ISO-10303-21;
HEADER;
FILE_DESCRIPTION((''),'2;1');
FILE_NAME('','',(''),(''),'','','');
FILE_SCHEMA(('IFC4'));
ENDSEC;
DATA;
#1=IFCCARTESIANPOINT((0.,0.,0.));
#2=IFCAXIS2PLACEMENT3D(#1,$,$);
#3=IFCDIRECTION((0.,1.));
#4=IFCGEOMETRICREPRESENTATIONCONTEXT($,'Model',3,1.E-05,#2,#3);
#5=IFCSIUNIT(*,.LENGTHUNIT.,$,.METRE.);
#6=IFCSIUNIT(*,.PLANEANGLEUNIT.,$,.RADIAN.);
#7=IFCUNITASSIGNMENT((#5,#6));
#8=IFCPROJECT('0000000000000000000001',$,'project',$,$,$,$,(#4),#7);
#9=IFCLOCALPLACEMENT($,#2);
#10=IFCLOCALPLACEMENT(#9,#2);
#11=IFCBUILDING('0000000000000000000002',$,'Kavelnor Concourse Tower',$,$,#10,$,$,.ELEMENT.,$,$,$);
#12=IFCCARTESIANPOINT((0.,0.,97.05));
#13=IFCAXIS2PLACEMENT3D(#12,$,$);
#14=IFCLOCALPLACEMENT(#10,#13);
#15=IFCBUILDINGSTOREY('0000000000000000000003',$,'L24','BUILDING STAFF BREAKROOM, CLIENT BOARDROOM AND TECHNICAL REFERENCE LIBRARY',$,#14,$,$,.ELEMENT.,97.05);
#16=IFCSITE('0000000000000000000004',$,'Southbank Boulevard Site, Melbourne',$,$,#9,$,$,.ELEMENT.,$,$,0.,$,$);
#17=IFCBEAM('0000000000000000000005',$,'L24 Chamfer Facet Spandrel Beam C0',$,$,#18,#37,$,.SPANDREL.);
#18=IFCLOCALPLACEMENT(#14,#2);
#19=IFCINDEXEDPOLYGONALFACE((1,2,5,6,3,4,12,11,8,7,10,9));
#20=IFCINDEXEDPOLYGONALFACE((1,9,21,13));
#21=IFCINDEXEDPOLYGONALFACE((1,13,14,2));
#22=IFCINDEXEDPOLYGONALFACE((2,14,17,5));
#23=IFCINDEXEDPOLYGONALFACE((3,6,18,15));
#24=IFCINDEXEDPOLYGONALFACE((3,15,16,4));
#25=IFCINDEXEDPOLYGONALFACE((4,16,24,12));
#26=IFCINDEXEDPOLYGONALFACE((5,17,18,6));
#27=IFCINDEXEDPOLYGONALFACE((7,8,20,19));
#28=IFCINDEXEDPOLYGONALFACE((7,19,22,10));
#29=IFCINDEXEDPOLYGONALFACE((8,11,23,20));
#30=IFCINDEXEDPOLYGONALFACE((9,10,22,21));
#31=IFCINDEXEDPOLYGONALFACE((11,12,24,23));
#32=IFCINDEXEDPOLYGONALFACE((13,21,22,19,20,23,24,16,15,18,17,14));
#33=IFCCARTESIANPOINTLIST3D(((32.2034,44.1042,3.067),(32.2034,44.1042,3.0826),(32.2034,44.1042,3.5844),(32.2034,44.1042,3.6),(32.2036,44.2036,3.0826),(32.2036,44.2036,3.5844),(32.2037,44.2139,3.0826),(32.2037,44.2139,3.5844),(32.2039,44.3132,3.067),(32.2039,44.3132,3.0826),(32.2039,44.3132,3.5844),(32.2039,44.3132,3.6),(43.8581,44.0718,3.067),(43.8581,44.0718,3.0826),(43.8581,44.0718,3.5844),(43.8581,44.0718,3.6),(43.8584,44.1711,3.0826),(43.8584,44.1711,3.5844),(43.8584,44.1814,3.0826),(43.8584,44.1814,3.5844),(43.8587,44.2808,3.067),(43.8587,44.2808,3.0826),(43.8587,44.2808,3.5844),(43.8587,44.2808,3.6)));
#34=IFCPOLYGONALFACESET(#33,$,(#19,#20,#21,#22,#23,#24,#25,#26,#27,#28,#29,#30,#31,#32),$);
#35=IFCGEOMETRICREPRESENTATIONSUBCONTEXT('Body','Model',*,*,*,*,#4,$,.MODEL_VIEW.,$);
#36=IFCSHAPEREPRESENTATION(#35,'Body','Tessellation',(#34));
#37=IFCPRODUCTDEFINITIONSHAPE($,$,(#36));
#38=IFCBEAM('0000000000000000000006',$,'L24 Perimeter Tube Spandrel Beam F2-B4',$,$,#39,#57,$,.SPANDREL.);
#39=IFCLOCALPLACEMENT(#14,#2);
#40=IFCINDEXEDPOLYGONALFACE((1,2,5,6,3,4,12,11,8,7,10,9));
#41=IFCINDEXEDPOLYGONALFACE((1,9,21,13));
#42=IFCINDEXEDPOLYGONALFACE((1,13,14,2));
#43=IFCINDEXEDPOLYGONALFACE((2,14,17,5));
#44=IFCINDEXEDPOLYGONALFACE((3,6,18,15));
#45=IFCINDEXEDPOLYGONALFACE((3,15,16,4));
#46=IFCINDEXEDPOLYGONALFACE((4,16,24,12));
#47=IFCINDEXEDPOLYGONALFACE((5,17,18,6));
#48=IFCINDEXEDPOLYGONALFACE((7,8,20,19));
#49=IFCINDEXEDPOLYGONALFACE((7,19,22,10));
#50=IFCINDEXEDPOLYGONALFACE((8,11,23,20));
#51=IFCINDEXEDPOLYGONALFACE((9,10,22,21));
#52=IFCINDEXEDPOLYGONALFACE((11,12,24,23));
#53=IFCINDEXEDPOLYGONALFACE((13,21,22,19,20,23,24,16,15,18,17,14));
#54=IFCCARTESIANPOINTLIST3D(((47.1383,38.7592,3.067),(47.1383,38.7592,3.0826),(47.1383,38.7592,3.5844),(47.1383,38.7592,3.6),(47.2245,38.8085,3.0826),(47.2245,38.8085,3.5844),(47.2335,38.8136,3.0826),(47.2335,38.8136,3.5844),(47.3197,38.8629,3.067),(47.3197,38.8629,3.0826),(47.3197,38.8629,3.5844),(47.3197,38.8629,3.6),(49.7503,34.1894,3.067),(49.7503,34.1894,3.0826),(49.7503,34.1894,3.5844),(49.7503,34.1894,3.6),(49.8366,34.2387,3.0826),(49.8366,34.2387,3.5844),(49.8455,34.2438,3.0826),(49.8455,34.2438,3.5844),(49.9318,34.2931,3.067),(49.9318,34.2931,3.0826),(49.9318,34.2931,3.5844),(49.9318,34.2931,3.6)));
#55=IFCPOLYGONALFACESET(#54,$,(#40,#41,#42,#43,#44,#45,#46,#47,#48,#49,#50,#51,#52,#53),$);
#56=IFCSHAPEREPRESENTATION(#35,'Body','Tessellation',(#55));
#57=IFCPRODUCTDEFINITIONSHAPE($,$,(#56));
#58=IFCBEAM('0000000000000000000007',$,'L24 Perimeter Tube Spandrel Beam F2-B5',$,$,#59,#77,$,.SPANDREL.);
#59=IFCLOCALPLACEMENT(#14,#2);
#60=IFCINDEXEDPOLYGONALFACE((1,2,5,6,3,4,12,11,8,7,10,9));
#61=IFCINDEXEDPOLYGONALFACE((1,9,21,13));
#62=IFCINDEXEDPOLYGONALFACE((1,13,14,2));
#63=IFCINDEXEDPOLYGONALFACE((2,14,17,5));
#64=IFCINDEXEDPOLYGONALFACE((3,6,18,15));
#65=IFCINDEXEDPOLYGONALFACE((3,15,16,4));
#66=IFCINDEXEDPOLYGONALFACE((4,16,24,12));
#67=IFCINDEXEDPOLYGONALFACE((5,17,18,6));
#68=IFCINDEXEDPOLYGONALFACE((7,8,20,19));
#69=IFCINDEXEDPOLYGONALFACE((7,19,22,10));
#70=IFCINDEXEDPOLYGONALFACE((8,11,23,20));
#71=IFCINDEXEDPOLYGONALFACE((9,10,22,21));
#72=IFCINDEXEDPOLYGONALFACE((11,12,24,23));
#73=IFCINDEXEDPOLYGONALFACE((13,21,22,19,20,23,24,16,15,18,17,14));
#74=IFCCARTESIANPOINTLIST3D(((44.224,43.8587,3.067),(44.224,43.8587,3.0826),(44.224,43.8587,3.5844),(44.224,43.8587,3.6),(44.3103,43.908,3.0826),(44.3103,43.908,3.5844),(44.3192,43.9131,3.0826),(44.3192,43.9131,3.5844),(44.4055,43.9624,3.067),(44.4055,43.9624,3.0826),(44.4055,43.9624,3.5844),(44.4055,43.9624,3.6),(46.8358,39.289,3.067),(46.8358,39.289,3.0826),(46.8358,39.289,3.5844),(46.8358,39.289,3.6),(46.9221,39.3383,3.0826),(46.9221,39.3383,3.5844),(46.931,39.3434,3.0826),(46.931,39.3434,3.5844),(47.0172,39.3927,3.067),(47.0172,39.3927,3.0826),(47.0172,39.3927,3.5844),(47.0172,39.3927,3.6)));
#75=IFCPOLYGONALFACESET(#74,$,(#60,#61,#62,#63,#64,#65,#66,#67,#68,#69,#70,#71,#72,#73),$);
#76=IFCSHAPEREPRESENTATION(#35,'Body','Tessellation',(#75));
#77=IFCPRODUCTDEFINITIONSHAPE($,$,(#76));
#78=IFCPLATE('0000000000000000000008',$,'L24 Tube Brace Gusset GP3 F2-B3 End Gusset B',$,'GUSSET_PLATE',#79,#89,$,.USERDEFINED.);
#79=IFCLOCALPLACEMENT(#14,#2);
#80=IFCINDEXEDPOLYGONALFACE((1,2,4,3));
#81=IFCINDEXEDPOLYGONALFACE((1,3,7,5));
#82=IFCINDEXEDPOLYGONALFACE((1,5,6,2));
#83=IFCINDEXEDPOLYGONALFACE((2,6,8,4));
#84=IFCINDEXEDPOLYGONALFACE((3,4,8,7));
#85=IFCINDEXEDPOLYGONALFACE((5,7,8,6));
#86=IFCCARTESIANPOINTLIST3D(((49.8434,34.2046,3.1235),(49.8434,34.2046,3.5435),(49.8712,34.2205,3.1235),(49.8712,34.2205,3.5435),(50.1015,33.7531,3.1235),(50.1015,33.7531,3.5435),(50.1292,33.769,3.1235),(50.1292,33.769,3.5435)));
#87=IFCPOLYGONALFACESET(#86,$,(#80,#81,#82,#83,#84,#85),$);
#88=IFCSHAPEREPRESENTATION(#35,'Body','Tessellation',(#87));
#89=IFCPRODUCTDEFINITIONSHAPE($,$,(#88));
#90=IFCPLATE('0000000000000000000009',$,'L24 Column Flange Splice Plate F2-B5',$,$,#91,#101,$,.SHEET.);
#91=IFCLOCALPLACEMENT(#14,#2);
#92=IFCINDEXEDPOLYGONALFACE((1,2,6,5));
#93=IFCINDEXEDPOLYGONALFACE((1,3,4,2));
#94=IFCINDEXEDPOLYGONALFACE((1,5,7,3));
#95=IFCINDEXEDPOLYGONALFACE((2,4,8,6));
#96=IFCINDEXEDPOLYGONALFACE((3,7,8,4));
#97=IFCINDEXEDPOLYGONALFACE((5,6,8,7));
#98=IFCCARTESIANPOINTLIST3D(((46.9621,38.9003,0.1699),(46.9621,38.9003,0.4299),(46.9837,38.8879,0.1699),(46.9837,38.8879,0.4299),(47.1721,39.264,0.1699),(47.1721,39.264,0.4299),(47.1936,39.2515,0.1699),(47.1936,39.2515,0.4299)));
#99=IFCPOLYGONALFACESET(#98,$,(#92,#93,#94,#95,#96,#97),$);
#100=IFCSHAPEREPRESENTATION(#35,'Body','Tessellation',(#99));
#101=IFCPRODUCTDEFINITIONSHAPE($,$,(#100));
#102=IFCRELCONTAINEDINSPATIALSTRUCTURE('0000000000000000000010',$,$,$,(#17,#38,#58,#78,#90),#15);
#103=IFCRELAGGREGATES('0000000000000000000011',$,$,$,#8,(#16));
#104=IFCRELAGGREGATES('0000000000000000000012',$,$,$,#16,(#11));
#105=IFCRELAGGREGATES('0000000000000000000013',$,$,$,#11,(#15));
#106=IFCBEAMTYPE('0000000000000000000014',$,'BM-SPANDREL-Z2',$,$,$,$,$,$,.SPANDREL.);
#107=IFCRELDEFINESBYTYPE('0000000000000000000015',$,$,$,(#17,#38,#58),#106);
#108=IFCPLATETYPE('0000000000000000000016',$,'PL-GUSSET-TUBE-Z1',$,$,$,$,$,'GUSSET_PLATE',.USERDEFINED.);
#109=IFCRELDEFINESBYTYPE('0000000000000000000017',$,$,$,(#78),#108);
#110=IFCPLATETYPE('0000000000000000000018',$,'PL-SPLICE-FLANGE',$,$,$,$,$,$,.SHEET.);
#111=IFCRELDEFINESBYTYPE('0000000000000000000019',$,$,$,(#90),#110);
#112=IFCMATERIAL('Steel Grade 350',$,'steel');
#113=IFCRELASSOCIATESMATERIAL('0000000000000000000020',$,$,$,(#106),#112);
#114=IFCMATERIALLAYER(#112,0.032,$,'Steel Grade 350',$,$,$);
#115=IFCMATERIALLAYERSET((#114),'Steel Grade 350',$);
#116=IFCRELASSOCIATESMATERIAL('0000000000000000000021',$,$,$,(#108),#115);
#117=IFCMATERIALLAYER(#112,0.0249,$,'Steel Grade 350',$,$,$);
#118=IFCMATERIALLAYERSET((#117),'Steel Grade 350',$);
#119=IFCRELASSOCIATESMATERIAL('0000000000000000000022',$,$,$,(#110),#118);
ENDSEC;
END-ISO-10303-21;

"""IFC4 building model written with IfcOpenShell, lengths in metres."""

from ifc_helpers import new_model, si_unit, direction, frame, origin, origin_2d, place, context, subcontext, project, spatial, rectangle, i_section, extrude, material, layer, layer_set, material_profile, profile_set, type_object, element, save


model = new_model("IFC4")

# Units and contexts
model_context = context("Model", 3, precision=1e-05, world=origin(), true_north=direction((0.0, 1.0)))
body_context = subcontext(model_context, "Body", "Model", "MODEL_VIEW")
ifc_project = project(units=[si_unit("LENGTHUNIT", "METRE"), si_unit("PLANEANGLEUNIT", "RADIAN")], contexts=[model_context])

# Site, building, storey
site_placement = place(None, origin())
site = spatial("IfcSite", under=ifc_project, at=site_placement, Name="Southbank Boulevard Site, Melbourne", CompositionType="ELEMENT", RefElevation=0.0)
building_placement = place(site_placement, origin())
building = spatial("IfcBuilding", under=site, at=building_placement, Name="Kavelnor Concourse Tower", CompositionType="ELEMENT")
storey_placement = place(building_placement, frame((0.0, 0.0, 97.05)))
storey = spatial("IfcBuildingStorey", under=building, at=storey_placement, Name="L24", Description="BUILDING STAFF BREAKROOM, CLIENT BOARDROOM AND TECHNICAL REFERENCE LIBRARY", CompositionType="ELEMENT", Elevation=97.05)

# Shared definitions
ifc_material_1 = material(Name="Steel Grade 350", Category="steel")

# Beams
ifc_material_profile_1 = material_profile(ifc_material_1, i_section(OverallWidth=0.209, OverallDepth=0.533, WebThickness=0.0103, FlangeThickness=0.0156, at=origin_2d()), Name="530UB92")
ifc_profile_set_1 = profile_set([ifc_material_profile_1], Name="Steel Grade 350")
beam_type_1 = type_object("IfcBeamType", Name="BM-SPANDREL-Z2", PredefinedType="SPANDREL", material=ifc_profile_set_1)
beam_1_placement = place(storey_placement, frame((43.8584, 44.1763, 3.3335), z_axis=(-0.999996, 0.002786, 0.0), x_axis=(-0.002786, -0.999996, 0.0)))
element("IfcBeam", 1, at=beam_1_placement, inside=storey, type_object=beam_type_1, Name="L24 Chamfer Facet Spandrel Beam C0", PredefinedType="SPANDREL", context=body_context, shape_type="SweptSolid", body=[
    extrude(i_section(OverallWidth=0.209, OverallDepth=0.533, WebThickness=0.0103, FlangeThickness=0.0156, at=origin_2d()), origin(), (0.0, 0.0, 1.0), 11.6548),
])
beam_2_placement = place(storey_placement, frame((49.8411, 34.2412, 3.3335), z_axis=(-0.496244, 0.868183, 0.0), x_axis=(-0.868183, -0.496244, 0.0)))
element("IfcBeam", 2, at=beam_2_placement, inside=storey, type_object=beam_type_1, Name="L24 Perimeter Tube Spandrel Beam F2-B4", PredefinedType="SPANDREL", context=body_context, shape_type="SweptSolid", body=[
    extrude(i_section(OverallWidth=0.209, OverallDepth=0.533, WebThickness=0.0103, FlangeThickness=0.0156, at=origin_2d()), origin(), (0.0, 0.0, 1.0), 5.2637),
])
beam_3_placement = place(storey_placement, frame((46.9265, 39.3408, 3.3335), z_axis=(-0.496209, 0.868203, 0.0), x_axis=(-0.868203, -0.496209, 0.0)))
element("IfcBeam", 3, at=beam_3_placement, inside=storey, type_object=beam_type_1, Name="L24 Perimeter Tube Spandrel Beam F2-B5", PredefinedType="SPANDREL", context=body_context, shape_type="SweptSolid", body=[
    extrude(i_section(OverallWidth=0.209, OverallDepth=0.533, WebThickness=0.0103, FlangeThickness=0.0156, at=origin_2d()), origin(), (0.0, 0.0, 1.0), 5.2634),
])

# Plates
ifc_layer_1 = layer(ifc_material_1, 0.032, Name="Steel Grade 350")
ifc_layer_set_1 = layer_set([ifc_layer_1], Name="Steel Grade 350")
plate_type_1 = type_object("IfcPlateType", Name="PL-GUSSET-TUBE-Z1", ElementType="GUSSET_PLATE", PredefinedType="USERDEFINED", material=ifc_layer_set_1)
plate_1_placement = place(storey_placement, frame((49.9863, 33.9868, 3.1235), z_axis=(0.0, 0.0, 1.0), x_axis=(-0.496217, 0.868199, 0.0)))
element("IfcPlate", 4, at=plate_1_placement, inside=storey, type_object=plate_type_1, Name="L24 Tube Brace Gusset GP3 F2-B3 End Gusset B", ObjectType="GUSSET_PLATE", PredefinedType="USERDEFINED", context=body_context, shape_type="SweptSolid", body=[
    extrude(rectangle(XDim=0.52, YDim=0.032, at=origin_2d()), origin(), (0.0, 0.0, 1.0), 0.4199),
])
ifc_layer_2 = layer(ifc_material_1, 0.0249, Name="Steel Grade 350")
ifc_layer_set_2 = layer_set([ifc_layer_2], Name="Steel Grade 350")
plate_type_2 = type_object("IfcPlateType", Name="PL-SPLICE-FLANGE", PredefinedType="SHEET", material=ifc_layer_set_2)
plate_2_placement = place(storey_placement, frame((47.0779, 39.0759, 0.1699), z_axis=(0.0, 0.0, 1.0), x_axis=(-0.5, -0.866025, 0.0)))
element("IfcPlate", 5, at=plate_2_placement, inside=storey, type_object=plate_type_2, Name="L24 Column Flange Splice Plate F2-B5", PredefinedType="SHEET", context=body_context, shape_type="SweptSolid", body=[
    extrude(rectangle(XDim=0.4199, YDim=0.0249, at=origin_2d()), origin(), (0.0, 0.0, 1.0), 0.26),
])

save(model, "model.ifc")
